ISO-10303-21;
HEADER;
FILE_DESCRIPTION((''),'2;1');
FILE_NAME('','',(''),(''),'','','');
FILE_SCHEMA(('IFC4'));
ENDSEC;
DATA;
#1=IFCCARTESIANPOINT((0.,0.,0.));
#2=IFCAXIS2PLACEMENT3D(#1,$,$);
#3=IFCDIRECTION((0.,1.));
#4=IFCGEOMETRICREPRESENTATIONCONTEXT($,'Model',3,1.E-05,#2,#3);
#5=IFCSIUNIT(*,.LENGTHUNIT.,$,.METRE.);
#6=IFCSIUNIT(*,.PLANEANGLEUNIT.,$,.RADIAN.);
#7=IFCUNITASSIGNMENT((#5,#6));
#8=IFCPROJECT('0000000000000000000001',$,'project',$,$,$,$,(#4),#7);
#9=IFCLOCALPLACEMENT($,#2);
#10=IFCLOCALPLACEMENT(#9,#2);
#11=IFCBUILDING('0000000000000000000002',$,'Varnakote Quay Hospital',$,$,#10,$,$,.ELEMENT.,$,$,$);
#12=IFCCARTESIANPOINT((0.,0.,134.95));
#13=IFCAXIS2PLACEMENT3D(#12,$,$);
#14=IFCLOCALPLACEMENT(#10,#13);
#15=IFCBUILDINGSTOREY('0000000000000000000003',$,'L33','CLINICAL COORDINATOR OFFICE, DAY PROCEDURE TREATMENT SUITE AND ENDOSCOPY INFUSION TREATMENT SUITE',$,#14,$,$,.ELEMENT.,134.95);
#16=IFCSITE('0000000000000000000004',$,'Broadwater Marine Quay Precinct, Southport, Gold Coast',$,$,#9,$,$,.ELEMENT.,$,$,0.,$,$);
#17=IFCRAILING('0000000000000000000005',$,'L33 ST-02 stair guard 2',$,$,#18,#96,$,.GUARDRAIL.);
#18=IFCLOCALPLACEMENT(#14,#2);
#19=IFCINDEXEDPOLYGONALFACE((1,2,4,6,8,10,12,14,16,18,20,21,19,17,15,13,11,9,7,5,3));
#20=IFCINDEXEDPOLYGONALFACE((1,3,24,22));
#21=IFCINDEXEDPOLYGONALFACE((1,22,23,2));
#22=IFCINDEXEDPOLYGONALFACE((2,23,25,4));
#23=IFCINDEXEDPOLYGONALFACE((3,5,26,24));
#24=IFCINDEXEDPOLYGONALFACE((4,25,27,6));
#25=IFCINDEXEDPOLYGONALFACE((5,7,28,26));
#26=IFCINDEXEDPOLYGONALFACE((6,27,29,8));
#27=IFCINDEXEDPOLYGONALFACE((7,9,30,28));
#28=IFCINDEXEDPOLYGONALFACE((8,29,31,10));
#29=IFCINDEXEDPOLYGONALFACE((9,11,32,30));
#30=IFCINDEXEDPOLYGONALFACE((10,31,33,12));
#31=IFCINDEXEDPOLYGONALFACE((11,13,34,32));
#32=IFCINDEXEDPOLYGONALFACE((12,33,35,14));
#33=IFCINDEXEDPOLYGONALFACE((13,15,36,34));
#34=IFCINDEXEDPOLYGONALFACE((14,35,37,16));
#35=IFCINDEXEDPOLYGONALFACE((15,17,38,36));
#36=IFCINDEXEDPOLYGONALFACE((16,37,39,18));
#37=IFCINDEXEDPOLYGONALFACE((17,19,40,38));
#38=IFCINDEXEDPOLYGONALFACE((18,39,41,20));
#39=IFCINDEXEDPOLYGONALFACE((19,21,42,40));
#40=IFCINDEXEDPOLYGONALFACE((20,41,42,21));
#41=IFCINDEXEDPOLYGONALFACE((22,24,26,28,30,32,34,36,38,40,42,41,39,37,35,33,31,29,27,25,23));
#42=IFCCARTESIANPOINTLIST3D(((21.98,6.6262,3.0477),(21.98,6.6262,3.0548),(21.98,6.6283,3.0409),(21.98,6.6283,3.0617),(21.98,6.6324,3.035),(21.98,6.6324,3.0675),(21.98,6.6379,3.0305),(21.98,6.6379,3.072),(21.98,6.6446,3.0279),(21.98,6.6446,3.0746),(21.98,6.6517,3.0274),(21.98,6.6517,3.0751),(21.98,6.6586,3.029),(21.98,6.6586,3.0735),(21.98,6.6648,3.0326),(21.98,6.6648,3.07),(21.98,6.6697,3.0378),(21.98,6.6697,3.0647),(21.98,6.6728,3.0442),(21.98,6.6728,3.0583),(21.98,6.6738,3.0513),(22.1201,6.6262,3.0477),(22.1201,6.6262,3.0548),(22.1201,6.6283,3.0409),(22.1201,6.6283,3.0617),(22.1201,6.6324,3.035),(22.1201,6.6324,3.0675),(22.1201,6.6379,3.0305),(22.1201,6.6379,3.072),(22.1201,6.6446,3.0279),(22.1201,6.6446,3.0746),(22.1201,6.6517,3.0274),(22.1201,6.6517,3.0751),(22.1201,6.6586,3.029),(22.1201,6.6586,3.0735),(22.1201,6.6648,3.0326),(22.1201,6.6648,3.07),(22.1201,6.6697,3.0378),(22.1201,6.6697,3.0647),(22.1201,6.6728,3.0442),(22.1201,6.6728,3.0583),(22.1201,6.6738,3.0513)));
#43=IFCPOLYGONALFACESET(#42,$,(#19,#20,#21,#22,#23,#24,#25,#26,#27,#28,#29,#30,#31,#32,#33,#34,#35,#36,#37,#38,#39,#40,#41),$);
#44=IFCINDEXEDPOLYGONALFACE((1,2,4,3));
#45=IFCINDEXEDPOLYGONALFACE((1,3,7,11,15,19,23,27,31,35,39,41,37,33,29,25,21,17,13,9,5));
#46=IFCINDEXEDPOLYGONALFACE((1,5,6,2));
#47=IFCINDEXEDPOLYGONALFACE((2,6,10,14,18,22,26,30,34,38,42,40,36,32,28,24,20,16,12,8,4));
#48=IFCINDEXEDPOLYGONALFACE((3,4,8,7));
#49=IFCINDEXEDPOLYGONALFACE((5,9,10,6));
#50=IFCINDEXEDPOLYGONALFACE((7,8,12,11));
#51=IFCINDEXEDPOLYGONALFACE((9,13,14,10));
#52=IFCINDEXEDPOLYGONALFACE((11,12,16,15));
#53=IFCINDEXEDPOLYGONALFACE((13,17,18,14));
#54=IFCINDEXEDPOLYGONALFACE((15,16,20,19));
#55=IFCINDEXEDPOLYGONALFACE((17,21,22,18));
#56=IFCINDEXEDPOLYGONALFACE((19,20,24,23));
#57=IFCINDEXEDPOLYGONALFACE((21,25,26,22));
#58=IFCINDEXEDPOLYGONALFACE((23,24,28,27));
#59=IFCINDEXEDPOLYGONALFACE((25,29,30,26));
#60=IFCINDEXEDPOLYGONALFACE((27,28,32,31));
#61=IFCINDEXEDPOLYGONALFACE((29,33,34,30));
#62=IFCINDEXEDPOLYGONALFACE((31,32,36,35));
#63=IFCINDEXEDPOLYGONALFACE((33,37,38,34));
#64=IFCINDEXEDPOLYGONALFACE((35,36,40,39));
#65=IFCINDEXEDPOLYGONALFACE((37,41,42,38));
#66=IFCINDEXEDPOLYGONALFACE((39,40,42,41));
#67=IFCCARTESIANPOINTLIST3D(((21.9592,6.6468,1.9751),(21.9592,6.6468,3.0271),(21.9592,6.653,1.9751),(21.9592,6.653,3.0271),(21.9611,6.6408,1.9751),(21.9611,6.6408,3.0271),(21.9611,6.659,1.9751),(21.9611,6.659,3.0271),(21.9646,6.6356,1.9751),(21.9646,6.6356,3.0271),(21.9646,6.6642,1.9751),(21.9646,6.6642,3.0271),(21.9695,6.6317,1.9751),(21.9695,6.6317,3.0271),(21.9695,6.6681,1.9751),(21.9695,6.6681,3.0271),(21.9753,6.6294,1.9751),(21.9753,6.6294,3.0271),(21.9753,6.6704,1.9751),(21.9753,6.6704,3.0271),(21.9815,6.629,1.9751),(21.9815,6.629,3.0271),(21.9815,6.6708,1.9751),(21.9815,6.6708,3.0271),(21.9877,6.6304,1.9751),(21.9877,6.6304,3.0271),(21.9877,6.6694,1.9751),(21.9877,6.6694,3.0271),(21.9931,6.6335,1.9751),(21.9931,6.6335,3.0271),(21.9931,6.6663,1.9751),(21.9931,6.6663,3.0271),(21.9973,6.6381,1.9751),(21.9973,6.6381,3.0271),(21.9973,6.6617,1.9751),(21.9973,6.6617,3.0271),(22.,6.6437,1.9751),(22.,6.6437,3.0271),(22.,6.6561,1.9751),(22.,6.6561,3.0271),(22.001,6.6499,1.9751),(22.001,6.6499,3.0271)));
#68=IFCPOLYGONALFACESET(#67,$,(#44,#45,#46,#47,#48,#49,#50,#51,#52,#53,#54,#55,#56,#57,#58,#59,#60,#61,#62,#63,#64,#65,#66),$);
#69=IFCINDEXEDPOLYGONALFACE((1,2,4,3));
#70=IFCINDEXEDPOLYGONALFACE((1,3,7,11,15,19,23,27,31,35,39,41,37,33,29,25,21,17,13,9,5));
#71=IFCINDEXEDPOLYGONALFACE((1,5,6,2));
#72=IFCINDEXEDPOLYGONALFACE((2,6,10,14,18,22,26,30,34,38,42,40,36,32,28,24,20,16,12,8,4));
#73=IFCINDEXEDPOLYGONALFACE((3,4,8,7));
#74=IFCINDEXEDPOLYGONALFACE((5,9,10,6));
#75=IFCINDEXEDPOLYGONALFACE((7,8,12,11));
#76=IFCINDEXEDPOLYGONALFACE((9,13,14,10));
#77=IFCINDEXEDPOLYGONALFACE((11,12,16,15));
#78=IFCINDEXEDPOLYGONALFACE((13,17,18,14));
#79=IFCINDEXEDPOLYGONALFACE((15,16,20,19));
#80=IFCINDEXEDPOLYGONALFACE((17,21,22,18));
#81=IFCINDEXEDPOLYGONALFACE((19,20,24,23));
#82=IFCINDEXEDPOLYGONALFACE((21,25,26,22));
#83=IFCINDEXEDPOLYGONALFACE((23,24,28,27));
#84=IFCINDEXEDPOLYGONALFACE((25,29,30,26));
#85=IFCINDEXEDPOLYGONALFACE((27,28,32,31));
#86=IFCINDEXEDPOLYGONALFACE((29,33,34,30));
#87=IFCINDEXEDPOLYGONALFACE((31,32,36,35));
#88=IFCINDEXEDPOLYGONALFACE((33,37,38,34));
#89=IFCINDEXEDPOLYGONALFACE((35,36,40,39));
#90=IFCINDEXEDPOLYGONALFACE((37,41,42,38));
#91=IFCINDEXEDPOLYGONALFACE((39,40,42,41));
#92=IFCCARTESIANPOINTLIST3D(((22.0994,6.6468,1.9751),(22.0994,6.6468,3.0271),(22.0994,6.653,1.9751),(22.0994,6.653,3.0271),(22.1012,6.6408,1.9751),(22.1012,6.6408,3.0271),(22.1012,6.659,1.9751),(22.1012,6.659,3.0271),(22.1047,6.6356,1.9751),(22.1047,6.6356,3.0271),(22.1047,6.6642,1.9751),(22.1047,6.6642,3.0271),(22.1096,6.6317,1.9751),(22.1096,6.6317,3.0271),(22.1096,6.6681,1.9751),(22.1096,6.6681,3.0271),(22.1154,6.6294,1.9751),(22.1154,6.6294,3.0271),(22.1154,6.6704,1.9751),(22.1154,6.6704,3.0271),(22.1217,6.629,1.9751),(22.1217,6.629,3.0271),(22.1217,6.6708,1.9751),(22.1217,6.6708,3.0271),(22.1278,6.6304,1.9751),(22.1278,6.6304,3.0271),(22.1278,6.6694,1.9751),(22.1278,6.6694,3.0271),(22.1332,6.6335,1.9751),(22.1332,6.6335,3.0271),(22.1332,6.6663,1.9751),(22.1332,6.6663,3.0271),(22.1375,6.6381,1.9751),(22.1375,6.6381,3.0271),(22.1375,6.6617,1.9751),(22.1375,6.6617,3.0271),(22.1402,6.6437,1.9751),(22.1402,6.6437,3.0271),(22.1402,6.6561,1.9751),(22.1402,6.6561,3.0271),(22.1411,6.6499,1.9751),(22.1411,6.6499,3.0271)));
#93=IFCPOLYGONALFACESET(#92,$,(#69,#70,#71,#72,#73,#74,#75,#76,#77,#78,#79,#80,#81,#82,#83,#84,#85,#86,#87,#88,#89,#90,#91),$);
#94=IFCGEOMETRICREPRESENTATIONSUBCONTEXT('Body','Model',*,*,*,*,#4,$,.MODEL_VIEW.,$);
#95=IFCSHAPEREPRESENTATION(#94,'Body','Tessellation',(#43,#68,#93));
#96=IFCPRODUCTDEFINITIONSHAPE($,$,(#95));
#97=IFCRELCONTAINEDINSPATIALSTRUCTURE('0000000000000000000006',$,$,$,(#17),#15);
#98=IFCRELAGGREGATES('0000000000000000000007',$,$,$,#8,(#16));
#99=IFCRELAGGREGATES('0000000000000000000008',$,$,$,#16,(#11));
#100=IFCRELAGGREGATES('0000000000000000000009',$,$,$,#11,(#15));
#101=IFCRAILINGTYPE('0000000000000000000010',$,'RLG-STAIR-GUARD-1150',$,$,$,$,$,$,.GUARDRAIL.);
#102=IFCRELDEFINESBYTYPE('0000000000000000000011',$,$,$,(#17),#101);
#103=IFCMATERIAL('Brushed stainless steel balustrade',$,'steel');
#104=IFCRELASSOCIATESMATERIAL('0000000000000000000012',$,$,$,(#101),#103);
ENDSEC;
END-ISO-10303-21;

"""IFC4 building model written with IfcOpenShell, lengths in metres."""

from ifc_helpers import new_model, si_unit, direction, frame, origin, origin_2d, place, context, subcontext, project, spatial, circle, extrude, material, type_object, element, save


model = new_model("IFC4")

# Units and contexts
model_context = context("Model", 3, precision=1e-05, world=origin(), true_north=direction((0.0, 1.0)))
body_context = subcontext(model_context, "Body", "Model", "MODEL_VIEW")
ifc_project = project(units=[si_unit("LENGTHUNIT", "METRE"), si_unit("PLANEANGLEUNIT", "RADIAN")], contexts=[model_context])

# Site, building, storey
site_placement = place(None, origin())
site = spatial("IfcSite", under=ifc_project, at=site_placement, Name="Broadwater Marine Quay Precinct, Southport, Gold Coast", CompositionType="ELEMENT", RefElevation=0.0)
building_placement = place(site_placement, origin())
building = spatial("IfcBuilding", under=site, at=building_placement, Name="Varnakote Quay Hospital", CompositionType="ELEMENT")
storey_placement = place(building_placement, frame((0.0, 0.0, 134.95)))
storey = spatial("IfcBuildingStorey", under=building, at=storey_placement, Name="L33", Description="CLINICAL COORDINATOR OFFICE, DAY PROCEDURE TREATMENT SUITE AND ENDOSCOPY INFUSION TREATMENT SUITE", CompositionType="ELEMENT", Elevation=134.95)

# Railing
ifc_material_1 = material(Name="Brushed stainless steel balustrade", Category="steel")
railing_type_1 = type_object("IfcRailingType", Name="RLG-STAIR-GUARD-1150", PredefinedType="GUARDRAIL", material=ifc_material_1)
railing_1_placement = place(storey_placement, frame((21.98, 6.6499, 1.9751)))
element("IfcRailing", 1, at=railing_1_placement, inside=storey, type_object=railing_type_1, Name="L33 ST-02 stair guard 2", PredefinedType="GUARDRAIL", context=body_context, shape_type="SweptSolid", body=[
    extrude(circle(Radius=0.0239, at=origin_2d()), frame((0.0, 0.0, 1.0762), z_axis=(1.0, 0.0, 0.0), x_axis=(0.0, 1.0, 0.0)), (0.0, 0.0, 1.0), 0.1401),
    extrude(circle(Radius=0.021, at=origin_2d()), origin(), (0.0, 0.0, 1.0), 1.052),
    extrude(circle(Radius=0.021, at=origin_2d()), frame((0.1401, 0.0, 0.0)), (0.0, 0.0, 1.0), 1.052),
])

save(model, "model.ifc")
